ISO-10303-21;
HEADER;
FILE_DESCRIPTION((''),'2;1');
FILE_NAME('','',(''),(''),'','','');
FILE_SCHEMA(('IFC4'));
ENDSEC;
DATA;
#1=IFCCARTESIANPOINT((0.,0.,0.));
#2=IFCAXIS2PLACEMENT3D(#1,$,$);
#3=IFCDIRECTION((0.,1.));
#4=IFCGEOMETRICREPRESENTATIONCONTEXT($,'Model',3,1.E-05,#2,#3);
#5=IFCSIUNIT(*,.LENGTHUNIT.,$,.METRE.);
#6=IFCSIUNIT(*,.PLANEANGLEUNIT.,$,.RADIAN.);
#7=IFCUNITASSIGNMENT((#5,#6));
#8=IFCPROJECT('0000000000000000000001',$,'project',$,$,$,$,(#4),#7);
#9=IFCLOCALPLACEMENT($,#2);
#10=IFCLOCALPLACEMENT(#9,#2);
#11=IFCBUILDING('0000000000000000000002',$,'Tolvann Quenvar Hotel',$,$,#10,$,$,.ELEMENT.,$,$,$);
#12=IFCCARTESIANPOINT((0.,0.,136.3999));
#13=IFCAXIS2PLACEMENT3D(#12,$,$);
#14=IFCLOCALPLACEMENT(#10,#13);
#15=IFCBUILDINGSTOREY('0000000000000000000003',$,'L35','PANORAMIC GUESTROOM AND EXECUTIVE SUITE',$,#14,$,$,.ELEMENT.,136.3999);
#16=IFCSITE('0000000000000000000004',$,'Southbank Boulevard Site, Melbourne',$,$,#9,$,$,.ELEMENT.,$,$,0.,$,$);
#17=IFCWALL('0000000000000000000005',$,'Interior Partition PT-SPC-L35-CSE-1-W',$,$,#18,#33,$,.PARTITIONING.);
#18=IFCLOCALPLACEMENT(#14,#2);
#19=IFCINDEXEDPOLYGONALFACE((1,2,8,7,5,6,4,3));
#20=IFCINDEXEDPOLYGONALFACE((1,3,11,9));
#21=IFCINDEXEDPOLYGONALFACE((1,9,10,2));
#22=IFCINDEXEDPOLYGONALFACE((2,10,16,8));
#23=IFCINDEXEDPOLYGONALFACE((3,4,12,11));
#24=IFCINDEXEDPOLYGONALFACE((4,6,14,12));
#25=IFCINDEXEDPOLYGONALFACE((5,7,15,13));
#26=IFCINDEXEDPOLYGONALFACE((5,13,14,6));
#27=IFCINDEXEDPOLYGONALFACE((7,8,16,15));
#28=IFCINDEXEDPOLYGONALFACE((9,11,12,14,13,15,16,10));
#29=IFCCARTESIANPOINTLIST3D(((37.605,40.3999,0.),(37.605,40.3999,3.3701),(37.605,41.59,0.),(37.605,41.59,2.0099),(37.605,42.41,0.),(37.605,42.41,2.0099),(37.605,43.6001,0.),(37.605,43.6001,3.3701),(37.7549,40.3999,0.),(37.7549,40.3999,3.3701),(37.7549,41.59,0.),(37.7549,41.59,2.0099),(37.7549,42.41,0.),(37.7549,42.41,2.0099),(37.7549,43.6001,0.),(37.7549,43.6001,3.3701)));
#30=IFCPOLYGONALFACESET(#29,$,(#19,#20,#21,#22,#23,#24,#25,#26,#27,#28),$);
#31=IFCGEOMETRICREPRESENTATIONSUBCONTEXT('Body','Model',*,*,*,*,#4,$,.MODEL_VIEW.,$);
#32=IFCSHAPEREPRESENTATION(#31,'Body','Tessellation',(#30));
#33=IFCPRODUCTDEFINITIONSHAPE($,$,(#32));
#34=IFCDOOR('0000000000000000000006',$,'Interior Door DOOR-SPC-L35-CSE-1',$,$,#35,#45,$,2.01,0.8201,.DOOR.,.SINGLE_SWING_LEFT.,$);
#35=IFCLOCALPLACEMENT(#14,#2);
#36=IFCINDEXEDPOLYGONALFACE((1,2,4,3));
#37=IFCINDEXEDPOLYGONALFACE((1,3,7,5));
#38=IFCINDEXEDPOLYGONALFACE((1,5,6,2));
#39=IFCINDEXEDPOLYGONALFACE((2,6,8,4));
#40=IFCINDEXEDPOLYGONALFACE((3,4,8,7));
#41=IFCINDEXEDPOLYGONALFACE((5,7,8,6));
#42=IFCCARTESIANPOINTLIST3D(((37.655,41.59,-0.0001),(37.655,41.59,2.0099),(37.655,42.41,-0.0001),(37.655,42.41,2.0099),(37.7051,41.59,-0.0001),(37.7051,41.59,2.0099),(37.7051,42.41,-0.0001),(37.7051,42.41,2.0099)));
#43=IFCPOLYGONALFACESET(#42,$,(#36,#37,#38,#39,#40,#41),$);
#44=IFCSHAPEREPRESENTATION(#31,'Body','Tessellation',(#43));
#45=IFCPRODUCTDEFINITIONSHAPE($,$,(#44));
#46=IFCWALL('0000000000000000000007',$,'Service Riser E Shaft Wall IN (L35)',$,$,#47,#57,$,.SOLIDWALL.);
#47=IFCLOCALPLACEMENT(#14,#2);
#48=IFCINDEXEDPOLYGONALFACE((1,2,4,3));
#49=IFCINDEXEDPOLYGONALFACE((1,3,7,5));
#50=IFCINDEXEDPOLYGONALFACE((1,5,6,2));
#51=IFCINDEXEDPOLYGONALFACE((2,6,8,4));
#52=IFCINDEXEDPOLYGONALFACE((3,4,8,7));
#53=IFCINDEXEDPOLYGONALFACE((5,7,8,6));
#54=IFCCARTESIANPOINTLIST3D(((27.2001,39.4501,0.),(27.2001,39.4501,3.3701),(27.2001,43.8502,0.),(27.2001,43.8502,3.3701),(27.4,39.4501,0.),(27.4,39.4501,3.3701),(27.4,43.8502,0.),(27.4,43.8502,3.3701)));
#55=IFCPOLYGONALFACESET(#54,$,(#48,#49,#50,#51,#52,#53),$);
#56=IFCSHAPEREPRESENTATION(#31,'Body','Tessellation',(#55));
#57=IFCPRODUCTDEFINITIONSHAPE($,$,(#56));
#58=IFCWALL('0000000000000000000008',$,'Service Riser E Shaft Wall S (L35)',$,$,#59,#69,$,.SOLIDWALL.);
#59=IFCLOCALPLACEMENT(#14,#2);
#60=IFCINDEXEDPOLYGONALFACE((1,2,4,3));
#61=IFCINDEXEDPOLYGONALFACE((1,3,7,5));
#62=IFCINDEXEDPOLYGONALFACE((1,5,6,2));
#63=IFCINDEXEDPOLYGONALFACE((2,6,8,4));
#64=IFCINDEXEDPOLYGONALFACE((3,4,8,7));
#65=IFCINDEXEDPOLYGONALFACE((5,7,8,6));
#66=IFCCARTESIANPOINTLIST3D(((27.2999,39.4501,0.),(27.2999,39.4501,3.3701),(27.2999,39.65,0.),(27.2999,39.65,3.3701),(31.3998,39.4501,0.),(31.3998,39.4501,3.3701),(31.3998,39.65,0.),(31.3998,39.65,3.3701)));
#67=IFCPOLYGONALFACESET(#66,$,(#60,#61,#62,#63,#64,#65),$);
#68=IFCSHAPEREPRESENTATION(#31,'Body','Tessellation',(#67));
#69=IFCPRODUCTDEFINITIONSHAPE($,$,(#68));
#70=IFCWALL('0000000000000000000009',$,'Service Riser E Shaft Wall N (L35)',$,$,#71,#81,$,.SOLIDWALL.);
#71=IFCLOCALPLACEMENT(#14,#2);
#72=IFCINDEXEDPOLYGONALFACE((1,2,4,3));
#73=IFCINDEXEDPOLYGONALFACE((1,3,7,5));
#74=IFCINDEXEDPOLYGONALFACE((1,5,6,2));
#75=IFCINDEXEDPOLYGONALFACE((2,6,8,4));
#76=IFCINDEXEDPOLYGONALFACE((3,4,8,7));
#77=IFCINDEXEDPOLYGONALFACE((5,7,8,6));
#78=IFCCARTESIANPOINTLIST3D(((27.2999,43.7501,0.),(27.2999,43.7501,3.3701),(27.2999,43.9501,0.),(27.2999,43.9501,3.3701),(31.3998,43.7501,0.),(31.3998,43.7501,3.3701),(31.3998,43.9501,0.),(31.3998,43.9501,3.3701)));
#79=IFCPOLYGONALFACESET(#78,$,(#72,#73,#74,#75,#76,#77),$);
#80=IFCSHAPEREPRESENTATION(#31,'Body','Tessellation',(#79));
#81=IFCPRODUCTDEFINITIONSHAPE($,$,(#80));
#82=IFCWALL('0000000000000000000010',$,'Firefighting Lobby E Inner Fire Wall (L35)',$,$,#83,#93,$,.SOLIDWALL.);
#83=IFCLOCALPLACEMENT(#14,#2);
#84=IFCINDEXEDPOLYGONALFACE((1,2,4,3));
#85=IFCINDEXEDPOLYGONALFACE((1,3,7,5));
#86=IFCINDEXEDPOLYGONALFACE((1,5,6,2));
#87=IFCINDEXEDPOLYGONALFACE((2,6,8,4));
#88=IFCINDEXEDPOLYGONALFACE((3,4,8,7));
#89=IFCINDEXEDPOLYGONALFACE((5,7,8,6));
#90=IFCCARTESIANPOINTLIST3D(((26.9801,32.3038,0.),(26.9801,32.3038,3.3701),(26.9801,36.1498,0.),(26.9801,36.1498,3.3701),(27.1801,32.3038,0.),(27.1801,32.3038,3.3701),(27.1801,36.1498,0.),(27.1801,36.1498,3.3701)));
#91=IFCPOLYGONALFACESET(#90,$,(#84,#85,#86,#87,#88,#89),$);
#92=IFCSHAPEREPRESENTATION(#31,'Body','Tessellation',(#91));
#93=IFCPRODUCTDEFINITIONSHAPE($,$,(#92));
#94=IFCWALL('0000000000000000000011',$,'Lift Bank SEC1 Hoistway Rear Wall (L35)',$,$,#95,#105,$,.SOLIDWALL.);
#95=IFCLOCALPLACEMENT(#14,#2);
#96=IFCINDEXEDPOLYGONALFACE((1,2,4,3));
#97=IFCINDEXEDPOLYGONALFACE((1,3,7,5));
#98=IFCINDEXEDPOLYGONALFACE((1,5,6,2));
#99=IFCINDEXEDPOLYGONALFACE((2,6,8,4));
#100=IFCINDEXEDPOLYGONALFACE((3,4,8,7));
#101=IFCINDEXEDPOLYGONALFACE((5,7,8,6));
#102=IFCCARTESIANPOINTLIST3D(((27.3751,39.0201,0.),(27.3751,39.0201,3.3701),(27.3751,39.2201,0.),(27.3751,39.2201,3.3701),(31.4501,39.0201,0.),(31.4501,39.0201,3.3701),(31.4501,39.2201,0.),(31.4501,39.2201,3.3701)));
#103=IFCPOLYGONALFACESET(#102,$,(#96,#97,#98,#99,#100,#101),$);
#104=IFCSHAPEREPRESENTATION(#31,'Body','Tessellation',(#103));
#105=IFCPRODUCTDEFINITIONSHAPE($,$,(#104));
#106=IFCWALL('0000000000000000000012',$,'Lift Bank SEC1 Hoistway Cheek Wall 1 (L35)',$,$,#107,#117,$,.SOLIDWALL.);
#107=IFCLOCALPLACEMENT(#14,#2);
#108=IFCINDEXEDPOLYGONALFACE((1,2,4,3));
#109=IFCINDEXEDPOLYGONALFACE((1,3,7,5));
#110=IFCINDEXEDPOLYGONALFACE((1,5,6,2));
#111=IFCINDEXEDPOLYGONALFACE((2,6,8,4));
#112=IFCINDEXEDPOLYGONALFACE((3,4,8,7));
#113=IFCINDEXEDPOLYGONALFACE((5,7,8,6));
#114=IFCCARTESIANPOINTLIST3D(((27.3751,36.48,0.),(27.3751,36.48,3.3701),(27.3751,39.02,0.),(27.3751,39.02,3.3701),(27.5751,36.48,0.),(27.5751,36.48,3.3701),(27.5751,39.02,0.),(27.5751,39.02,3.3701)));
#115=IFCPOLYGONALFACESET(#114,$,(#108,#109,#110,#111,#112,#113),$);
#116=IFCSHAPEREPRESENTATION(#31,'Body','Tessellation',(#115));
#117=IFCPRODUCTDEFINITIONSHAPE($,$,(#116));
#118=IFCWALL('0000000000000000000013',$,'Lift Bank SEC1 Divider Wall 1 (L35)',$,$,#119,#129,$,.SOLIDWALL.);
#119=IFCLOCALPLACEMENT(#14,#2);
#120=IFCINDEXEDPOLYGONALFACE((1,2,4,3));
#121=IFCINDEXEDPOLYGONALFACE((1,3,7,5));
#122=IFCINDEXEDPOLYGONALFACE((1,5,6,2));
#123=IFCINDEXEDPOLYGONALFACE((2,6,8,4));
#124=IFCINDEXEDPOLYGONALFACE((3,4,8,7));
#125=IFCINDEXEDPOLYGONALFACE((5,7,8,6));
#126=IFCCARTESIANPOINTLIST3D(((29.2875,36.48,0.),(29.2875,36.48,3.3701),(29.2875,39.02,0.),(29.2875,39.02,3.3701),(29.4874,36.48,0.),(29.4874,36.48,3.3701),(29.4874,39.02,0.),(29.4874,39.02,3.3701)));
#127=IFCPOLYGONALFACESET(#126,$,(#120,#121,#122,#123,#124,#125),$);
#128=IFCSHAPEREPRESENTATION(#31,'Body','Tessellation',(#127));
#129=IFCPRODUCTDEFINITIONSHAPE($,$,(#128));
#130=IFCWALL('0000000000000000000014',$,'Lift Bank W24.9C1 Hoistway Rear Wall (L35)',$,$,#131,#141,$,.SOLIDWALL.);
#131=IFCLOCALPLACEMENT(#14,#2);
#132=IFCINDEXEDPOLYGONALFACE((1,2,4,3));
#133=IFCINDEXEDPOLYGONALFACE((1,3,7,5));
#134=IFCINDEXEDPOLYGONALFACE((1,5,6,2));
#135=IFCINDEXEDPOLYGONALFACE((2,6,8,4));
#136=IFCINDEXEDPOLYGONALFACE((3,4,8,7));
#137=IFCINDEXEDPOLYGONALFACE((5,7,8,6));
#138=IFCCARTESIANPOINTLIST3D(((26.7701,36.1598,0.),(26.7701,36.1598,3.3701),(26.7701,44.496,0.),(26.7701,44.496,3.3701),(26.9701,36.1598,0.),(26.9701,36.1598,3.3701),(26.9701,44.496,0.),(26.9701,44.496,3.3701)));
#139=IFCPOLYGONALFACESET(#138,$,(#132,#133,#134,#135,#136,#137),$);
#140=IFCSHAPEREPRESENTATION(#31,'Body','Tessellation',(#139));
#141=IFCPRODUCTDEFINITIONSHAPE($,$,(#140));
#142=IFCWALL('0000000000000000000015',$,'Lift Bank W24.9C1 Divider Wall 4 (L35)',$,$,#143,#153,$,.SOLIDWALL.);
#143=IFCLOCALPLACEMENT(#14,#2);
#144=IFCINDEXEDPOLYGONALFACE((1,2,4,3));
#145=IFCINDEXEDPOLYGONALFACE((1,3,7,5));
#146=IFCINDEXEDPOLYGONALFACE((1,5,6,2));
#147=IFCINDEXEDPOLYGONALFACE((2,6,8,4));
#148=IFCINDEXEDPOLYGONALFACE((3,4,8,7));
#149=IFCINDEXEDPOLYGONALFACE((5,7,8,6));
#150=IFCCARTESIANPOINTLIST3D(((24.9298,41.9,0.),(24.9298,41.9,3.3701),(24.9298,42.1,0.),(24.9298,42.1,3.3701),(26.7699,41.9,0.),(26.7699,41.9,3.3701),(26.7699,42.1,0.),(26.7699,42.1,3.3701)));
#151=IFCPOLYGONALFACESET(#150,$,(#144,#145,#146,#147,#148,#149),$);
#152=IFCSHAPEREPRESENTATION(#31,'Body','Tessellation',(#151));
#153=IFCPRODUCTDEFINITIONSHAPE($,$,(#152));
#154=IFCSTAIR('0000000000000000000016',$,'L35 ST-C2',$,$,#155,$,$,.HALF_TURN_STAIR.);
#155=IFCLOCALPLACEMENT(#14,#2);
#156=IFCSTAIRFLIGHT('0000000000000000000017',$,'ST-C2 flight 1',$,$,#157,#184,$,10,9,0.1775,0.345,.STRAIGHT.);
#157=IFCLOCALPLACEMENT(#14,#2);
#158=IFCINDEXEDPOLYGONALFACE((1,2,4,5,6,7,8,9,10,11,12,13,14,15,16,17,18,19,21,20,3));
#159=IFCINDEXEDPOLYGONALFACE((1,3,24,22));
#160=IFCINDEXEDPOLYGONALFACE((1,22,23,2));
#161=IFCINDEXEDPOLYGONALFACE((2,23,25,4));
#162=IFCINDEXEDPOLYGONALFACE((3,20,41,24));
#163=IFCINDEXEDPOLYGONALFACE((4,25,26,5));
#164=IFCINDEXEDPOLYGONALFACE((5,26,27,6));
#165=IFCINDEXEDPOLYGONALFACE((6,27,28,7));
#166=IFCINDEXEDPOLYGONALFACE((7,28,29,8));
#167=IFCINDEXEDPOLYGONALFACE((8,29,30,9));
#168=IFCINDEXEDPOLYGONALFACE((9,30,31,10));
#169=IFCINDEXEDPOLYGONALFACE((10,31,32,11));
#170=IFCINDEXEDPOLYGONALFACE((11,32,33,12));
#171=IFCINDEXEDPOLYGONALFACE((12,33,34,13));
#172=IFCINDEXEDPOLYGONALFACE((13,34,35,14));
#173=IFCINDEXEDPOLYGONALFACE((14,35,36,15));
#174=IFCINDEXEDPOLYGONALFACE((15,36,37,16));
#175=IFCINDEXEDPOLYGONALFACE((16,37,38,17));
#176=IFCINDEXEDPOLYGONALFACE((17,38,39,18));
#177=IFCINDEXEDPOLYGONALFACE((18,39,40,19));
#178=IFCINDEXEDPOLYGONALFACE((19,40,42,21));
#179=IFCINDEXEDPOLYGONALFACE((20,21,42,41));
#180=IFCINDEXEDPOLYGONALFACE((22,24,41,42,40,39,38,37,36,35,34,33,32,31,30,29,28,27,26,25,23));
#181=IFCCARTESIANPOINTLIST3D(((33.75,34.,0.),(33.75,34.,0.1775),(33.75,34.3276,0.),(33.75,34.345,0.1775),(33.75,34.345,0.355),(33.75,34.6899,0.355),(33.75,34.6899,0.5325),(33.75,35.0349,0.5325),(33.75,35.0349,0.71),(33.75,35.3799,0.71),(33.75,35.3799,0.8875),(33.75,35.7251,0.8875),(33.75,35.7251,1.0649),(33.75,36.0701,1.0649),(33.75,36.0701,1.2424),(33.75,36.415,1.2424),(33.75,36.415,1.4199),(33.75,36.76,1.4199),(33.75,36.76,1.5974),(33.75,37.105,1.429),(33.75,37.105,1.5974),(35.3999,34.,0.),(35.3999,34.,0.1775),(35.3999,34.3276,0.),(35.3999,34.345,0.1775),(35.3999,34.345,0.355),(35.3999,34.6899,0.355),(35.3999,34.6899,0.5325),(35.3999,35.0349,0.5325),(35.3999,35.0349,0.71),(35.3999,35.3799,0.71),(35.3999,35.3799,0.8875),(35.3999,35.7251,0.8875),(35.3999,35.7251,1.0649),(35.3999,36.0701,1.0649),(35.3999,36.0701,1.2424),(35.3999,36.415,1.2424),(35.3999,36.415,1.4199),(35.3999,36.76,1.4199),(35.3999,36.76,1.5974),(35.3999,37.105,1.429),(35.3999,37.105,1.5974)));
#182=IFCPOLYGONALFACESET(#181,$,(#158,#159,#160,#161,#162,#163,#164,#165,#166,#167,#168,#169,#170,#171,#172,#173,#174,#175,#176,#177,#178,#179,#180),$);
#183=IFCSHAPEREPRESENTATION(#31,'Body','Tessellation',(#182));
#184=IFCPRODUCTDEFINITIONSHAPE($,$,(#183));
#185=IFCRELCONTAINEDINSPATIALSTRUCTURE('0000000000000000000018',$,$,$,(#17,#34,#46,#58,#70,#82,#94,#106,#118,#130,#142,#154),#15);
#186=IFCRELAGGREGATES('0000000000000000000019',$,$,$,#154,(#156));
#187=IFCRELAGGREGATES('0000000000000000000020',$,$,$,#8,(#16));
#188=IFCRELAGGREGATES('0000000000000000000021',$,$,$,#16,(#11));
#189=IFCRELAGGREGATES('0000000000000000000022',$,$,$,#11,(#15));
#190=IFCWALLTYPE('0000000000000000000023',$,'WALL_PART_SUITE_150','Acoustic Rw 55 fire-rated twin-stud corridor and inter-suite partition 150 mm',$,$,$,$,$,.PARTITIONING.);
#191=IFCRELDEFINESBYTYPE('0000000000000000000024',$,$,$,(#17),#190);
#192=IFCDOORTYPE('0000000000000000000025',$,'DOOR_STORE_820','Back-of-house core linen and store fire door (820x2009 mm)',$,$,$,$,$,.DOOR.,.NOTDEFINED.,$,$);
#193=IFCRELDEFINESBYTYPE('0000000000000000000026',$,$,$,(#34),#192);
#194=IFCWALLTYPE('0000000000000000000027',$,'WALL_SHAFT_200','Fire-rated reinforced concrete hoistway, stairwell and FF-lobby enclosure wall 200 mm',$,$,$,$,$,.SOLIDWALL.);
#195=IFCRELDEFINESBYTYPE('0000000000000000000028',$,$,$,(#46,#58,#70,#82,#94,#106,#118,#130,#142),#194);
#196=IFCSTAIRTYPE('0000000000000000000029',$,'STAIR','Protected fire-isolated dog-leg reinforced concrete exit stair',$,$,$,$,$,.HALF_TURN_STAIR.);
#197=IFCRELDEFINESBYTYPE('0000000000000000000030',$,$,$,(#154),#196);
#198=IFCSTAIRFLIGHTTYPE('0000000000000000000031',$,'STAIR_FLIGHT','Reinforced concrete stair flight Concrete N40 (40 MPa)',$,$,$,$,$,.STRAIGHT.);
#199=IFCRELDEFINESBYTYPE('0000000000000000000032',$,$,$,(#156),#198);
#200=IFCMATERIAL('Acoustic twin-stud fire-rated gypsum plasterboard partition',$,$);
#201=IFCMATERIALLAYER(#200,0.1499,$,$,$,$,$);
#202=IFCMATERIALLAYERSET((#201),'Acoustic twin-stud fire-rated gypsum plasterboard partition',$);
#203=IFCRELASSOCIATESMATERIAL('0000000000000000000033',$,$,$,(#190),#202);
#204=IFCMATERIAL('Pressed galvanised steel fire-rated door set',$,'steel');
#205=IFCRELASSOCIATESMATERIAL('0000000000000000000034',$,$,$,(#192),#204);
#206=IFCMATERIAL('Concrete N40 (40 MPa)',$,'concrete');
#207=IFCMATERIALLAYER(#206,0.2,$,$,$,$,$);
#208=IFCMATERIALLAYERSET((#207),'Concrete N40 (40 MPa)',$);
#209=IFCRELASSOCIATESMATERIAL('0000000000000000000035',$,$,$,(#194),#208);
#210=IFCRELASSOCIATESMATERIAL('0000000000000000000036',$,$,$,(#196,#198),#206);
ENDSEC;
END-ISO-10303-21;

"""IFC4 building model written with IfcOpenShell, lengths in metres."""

from ifc_helpers import new_model, si_unit, direction, frame, frame_2d, origin, place, context, subcontext, project, spatial, polyline, rectangle, outline, extrude, source, transform, mapped, material, layer, layer_set, type_object, type_shapes, element, fill, aggregate, save


model = new_model("IFC4")

# Units and contexts
model_context = context("Model", 3, precision=1e-05, world=origin(), true_north=direction((0.0, 1.0)))
body_context = subcontext(model_context, "Body", "Model", "MODEL_VIEW")
ifc_project = project(units=[si_unit("LENGTHUNIT", "METRE"), si_unit("PLANEANGLEUNIT", "RADIAN")], contexts=[model_context])

# Site, building, storey
site_placement = place(None, origin())
site = spatial("IfcSite", under=ifc_project, at=site_placement, Name="Southbank Boulevard Site, Melbourne", CompositionType="ELEMENT", RefElevation=0.0)
building_placement = place(site_placement, origin())
building = spatial("IfcBuilding", under=site, at=building_placement, Name="Tolvann Quenvar Hotel", CompositionType="ELEMENT")
storey_placement = place(building_placement, frame((0.0, 0.0, 136.3999)))
storey = spatial("IfcBuildingStorey", under=building, at=storey_placement, Name="L35", Description="PANORAMIC GUESTROOM AND EXECUTIVE SUITE", CompositionType="ELEMENT", Elevation=136.3999)

# Shared definitions
ifc_material_1 = material(Name="Acoustic twin-stud fire-rated gypsum plasterboard partition")
ifc_layer_1 = layer(ifc_material_1, 0.1499)
ifc_layer_set_1 = layer_set([ifc_layer_1], Name="Acoustic twin-stud fire-rated gypsum plasterboard partition")
wall_type_1 = type_object("IfcWallType", Name="WALL_PART_SUITE_150", Description="Acoustic Rw 55 fire-rated twin-stud corridor and inter-suite partition 150 mm", PredefinedType="PARTITIONING", material=ifc_layer_set_1)

# Shared definitions
ifc_material_2 = material(Name="Pressed galvanised steel fire-rated door set", Category="steel")

# Wall, opening, door
wall_1_placement = place(storey_placement, frame((37.6799, 40.3999, 0.0), z_axis=(0.0, 0.0, 1.0), x_axis=(0.0, 1.0, 0.0)))
wall_1 = element("IfcWall", 1, at=wall_1_placement, inside=storey, type_object=wall_type_1, Name="Interior Partition PT-SPC-L35-CSE-1-W", PredefinedType="PARTITIONING", context=body_context, shape_type="SweptSolid", body=[
    extrude(rectangle(XDim=3.2002, YDim=0.1499, at=frame_2d((1.6001, 0.0))), origin(), (0.0, 0.0, 1.0), 3.3701),
])
opening_1_placement = place(wall_1_placement, frame((1.1899, 0.0, 0.0)))
opening_1 = element("IfcOpeningElement", 2, at=opening_1_placement, cuts=wall_1, PredefinedType="OPENING", context=body_context, shape_type="SweptSolid", body=[
    extrude(rectangle(XDim=0.8201, YDim=2.01, at=frame_2d((0.4102, 1.0049))), frame((0.0, 0.085, 0.0), z_axis=(0.0, -1.0, 0.0), x_axis=(1.0, 0.0, 0.0)), (0.0, 0.0, 1.0), 0.1699),
])
door_type_1 = type_object("IfcDoorType", Name="DOOR_STORE_820", Description="Back-of-house core linen and store fire door (820x2009 mm)", OperationType="NOTDEFINED", PredefinedType="DOOR", material=ifc_material_2)
shared_shape_1 = source(origin(), body_context, "Body", "SweptSolid", [
    extrude(rectangle(XDim=0.8201, YDim=2.01, at=frame_2d((0.4102, 1.0049))), frame((0.0, 0.0249, 0.0), z_axis=(0.0, -1.0, 0.0), x_axis=(1.0, 0.0, 0.0)), (0.0, 0.0, 1.0), 0.05),
])
type_shapes(door_type_1, [shared_shape_1])
door_1_placement = place(opening_1_placement, origin())
door_1 = element("IfcDoor", 3, at=door_1_placement, inside=storey, type_object=door_type_1, Name="Interior Door DOOR-SPC-L35-CSE-1", OperationType="SINGLE_SWING_LEFT", OverallHeight=2.01, OverallWidth=0.8201, PredefinedType="DOOR", context=body_context, shape_type="MappedRepresentation", body=[
    mapped(shared_shape_1, transform((0.0, 0.0, 0.0), x_axis=(1.0, 0.0, 0.0), y_axis=(0.0, 1.0, 0.0), z_axis=(0.0, 0.0, 1.0), scale=1.0)),
])
fill(opening_1, door_1)

# Walls
ifc_material_3 = material(Name="Concrete N40 (40 MPa)", Category="concrete")
ifc_layer_2 = layer(ifc_material_3, 0.2)
ifc_layer_set_2 = layer_set([ifc_layer_2], Name="Concrete N40 (40 MPa)")
wall_type_2 = type_object("IfcWallType", Name="WALL_SHAFT_200", Description="Fire-rated reinforced concrete hoistway, stairwell and FF-lobby enclosure wall 200 mm", PredefinedType="SOLIDWALL", material=ifc_layer_set_2)
wall_2_placement = place(storey_placement, frame((27.3, 39.45, 0.0), z_axis=(0.0, 0.0, 1.0), x_axis=(0.0, 1.0, 0.0)))
element("IfcWall", 4, at=wall_2_placement, inside=storey, type_object=wall_type_2, Name="Service Riser E Shaft Wall IN (L35)", PredefinedType="SOLIDWALL", context=body_context, shape_type="SweptSolid", body=[
    extrude(rectangle(XDim=4.4001, YDim=0.2, at=frame_2d((2.2002, 0.0))), origin(), (0.0, 0.0, 1.0), 3.3701),
])
for number, where, z_axis, x_axis, name in (
    (5, (27.3, 39.55, 0.0), (0.0, 0.0, 1.0), (1.0, 0.0, 0.0), "Service Riser E Shaft Wall S (L35)"),
    (6, (27.3, 43.8501, 0.0), (0.0, 0.0, 1.0), (1.0, 0.0, 0.0), "Service Riser E Shaft Wall N (L35)"),
):
    element("IfcWall", number, at=place(storey_placement, frame(where, z_axis=z_axis, x_axis=x_axis)), inside=storey, type_object=wall_type_2, Name=name, PredefinedType="SOLIDWALL", context=body_context, shape_type="SweptSolid", body=[
        extrude(rectangle(XDim=4.0999, YDim=0.2, at=frame_2d((2.0498, 0.0))), origin(), (0.0, 0.0, 1.0), 3.3701),
    ])
wall_3_placement = place(storey_placement, frame((27.0801, 32.304, 0.0), z_axis=(0.0, 0.0, 1.0), x_axis=(0.0, 1.0, 0.0)))
element("IfcWall", 7, at=wall_3_placement, inside=storey, type_object=wall_type_2, Name="Firefighting Lobby E Inner Fire Wall (L35)", PredefinedType="SOLIDWALL", context=body_context, shape_type="SweptSolid", body=[
    extrude(rectangle(XDim=3.8459, YDim=0.2, at=frame_2d((1.9229, 0.0))), origin(), (0.0, 0.0, 1.0), 3.3701),
])

# Walls
wall_4_placement = place(storey_placement, frame((27.375, 39.1201, 0.0), z_axis=(0.0, 0.0, 1.0), x_axis=(1.0, 0.0, 0.0)))
element("IfcWall", 8, at=wall_4_placement, inside=storey, type_object=wall_type_2, Name="Lift Bank SEC1 Hoistway Rear Wall (L35)", PredefinedType="SOLIDWALL", context=body_context, shape_type="SweptSolid", body=[
    extrude(rectangle(XDim=4.075, YDim=0.2, at=frame_2d((2.0376, 0.0))), origin(), (0.0, 0.0, 1.0), 3.3701),
])
for number, where, z_axis, x_axis, name in (
    (9, (27.4751, 36.48, 0.0), (0.0, 0.0, 1.0), (0.0, 1.0, 0.0), "Lift Bank SEC1 Hoistway Cheek Wall 1 (L35)"),
    (10, (29.3875, 36.48, 0.0), (0.0, 0.0, 1.0), (0.0, 1.0, 0.0), "Lift Bank SEC1 Divider Wall 1 (L35)"),
):
    element("IfcWall", number, at=place(storey_placement, frame(where, z_axis=z_axis, x_axis=x_axis)), inside=storey, type_object=wall_type_2, Name=name, PredefinedType="SOLIDWALL", context=body_context, shape_type="SweptSolid", body=[
        extrude(rectangle(XDim=2.54, YDim=0.2, at=frame_2d((1.27, 0.0))), origin(), (0.0, 0.0, 1.0), 3.3701),
    ])
wall_5_placement = place(storey_placement, frame((26.8701, 36.1599, 0.0), z_axis=(0.0, 0.0, 1.0), x_axis=(0.0, 1.0, 0.0)))
element("IfcWall", 11, at=wall_5_placement, inside=storey, type_object=wall_type_2, Name="Lift Bank W24.9C1 Hoistway Rear Wall (L35)", PredefinedType="SOLIDWALL", context=body_context, shape_type="SweptSolid", body=[
    extrude(rectangle(XDim=8.3362, YDim=0.2, at=frame_2d((4.168, 0.0))), origin(), (0.0, 0.0, 1.0), 3.3701),
])
wall_6_placement = place(storey_placement, frame((24.9299, 42.0, 0.0), z_axis=(0.0, 0.0, 1.0), x_axis=(1.0, 0.0, 0.0)))
element("IfcWall", 12, at=wall_6_placement, inside=storey, type_object=wall_type_2, Name="Lift Bank W24.9C1 Divider Wall 4 (L35)", PredefinedType="SOLIDWALL", context=body_context, shape_type="SweptSolid", body=[
    extrude(rectangle(XDim=1.8401, YDim=0.2, at=frame_2d((0.9199, 0.0))), origin(), (0.0, 0.0, 1.0), 3.3701),
])

# Stair, stair flight
stair_type = type_object("IfcStairType", Name="STAIR", Description="Protected fire-isolated dog-leg reinforced concrete exit stair", PredefinedType="HALF_TURN_STAIR", material=ifc_material_3)
stair_placement = place(storey_placement, origin())
stair = element("IfcStair", 13, at=stair_placement, inside=storey, type_object=stair_type, Name="L35 ST-C2", PredefinedType="HALF_TURN_STAIR")
stair_flight_type = type_object("IfcStairFlightType", Name="STAIR_FLIGHT", Description="Reinforced concrete stair flight Concrete N40 (40 MPa)", PredefinedType="STRAIGHT", material=ifc_material_3)
stair_flight_1_placement = place(storey_placement, frame((34.575, 34.0, 0.0), z_axis=(0.0, 0.0, 1.0), x_axis=(0.0, 1.0, 0.0)))
stair_flight_1 = element("IfcStairFlight", 14, at=stair_flight_1_placement, type_object=stair_flight_type, Name="ST-C2 flight 1", NumberOfRisers=10, NumberOfTreads=9, PredefinedType="STRAIGHT", RiserHeight=0.1775, TreadLength=0.345, context=body_context, shape_type="SweptSolid", body=[
    extrude(outline(polyline([(0.0, 0.0), (0.0, 0.1775), (0.345, 0.1775), (0.345, 0.355), (0.6899, 0.355), (0.6899, 0.5325), (1.0349, 0.5325), (1.0349, 0.71), (1.3799, 0.71), (1.3799, 0.8875), (1.7251, 0.8875), (1.7251, 1.0649), (2.0701, 1.0649), (2.0701, 1.2424), (2.415, 1.2424), (2.415, 1.4199), (2.76, 1.4199), (2.76, 1.5974), (3.105, 1.5974), (3.105, 1.7749), (3.105, 1.429), (0.3276, 0.0), (0.0, 0.0)])), frame((0.0, 0.825, 0.0), z_axis=(0.0, -1.0, 0.0), x_axis=(1.0, 0.0, 0.0)), (0.0, 0.0, 1.0), 1.6499),
])
aggregate(stair, [stair_flight_1])

save(model, "model.ifc")
